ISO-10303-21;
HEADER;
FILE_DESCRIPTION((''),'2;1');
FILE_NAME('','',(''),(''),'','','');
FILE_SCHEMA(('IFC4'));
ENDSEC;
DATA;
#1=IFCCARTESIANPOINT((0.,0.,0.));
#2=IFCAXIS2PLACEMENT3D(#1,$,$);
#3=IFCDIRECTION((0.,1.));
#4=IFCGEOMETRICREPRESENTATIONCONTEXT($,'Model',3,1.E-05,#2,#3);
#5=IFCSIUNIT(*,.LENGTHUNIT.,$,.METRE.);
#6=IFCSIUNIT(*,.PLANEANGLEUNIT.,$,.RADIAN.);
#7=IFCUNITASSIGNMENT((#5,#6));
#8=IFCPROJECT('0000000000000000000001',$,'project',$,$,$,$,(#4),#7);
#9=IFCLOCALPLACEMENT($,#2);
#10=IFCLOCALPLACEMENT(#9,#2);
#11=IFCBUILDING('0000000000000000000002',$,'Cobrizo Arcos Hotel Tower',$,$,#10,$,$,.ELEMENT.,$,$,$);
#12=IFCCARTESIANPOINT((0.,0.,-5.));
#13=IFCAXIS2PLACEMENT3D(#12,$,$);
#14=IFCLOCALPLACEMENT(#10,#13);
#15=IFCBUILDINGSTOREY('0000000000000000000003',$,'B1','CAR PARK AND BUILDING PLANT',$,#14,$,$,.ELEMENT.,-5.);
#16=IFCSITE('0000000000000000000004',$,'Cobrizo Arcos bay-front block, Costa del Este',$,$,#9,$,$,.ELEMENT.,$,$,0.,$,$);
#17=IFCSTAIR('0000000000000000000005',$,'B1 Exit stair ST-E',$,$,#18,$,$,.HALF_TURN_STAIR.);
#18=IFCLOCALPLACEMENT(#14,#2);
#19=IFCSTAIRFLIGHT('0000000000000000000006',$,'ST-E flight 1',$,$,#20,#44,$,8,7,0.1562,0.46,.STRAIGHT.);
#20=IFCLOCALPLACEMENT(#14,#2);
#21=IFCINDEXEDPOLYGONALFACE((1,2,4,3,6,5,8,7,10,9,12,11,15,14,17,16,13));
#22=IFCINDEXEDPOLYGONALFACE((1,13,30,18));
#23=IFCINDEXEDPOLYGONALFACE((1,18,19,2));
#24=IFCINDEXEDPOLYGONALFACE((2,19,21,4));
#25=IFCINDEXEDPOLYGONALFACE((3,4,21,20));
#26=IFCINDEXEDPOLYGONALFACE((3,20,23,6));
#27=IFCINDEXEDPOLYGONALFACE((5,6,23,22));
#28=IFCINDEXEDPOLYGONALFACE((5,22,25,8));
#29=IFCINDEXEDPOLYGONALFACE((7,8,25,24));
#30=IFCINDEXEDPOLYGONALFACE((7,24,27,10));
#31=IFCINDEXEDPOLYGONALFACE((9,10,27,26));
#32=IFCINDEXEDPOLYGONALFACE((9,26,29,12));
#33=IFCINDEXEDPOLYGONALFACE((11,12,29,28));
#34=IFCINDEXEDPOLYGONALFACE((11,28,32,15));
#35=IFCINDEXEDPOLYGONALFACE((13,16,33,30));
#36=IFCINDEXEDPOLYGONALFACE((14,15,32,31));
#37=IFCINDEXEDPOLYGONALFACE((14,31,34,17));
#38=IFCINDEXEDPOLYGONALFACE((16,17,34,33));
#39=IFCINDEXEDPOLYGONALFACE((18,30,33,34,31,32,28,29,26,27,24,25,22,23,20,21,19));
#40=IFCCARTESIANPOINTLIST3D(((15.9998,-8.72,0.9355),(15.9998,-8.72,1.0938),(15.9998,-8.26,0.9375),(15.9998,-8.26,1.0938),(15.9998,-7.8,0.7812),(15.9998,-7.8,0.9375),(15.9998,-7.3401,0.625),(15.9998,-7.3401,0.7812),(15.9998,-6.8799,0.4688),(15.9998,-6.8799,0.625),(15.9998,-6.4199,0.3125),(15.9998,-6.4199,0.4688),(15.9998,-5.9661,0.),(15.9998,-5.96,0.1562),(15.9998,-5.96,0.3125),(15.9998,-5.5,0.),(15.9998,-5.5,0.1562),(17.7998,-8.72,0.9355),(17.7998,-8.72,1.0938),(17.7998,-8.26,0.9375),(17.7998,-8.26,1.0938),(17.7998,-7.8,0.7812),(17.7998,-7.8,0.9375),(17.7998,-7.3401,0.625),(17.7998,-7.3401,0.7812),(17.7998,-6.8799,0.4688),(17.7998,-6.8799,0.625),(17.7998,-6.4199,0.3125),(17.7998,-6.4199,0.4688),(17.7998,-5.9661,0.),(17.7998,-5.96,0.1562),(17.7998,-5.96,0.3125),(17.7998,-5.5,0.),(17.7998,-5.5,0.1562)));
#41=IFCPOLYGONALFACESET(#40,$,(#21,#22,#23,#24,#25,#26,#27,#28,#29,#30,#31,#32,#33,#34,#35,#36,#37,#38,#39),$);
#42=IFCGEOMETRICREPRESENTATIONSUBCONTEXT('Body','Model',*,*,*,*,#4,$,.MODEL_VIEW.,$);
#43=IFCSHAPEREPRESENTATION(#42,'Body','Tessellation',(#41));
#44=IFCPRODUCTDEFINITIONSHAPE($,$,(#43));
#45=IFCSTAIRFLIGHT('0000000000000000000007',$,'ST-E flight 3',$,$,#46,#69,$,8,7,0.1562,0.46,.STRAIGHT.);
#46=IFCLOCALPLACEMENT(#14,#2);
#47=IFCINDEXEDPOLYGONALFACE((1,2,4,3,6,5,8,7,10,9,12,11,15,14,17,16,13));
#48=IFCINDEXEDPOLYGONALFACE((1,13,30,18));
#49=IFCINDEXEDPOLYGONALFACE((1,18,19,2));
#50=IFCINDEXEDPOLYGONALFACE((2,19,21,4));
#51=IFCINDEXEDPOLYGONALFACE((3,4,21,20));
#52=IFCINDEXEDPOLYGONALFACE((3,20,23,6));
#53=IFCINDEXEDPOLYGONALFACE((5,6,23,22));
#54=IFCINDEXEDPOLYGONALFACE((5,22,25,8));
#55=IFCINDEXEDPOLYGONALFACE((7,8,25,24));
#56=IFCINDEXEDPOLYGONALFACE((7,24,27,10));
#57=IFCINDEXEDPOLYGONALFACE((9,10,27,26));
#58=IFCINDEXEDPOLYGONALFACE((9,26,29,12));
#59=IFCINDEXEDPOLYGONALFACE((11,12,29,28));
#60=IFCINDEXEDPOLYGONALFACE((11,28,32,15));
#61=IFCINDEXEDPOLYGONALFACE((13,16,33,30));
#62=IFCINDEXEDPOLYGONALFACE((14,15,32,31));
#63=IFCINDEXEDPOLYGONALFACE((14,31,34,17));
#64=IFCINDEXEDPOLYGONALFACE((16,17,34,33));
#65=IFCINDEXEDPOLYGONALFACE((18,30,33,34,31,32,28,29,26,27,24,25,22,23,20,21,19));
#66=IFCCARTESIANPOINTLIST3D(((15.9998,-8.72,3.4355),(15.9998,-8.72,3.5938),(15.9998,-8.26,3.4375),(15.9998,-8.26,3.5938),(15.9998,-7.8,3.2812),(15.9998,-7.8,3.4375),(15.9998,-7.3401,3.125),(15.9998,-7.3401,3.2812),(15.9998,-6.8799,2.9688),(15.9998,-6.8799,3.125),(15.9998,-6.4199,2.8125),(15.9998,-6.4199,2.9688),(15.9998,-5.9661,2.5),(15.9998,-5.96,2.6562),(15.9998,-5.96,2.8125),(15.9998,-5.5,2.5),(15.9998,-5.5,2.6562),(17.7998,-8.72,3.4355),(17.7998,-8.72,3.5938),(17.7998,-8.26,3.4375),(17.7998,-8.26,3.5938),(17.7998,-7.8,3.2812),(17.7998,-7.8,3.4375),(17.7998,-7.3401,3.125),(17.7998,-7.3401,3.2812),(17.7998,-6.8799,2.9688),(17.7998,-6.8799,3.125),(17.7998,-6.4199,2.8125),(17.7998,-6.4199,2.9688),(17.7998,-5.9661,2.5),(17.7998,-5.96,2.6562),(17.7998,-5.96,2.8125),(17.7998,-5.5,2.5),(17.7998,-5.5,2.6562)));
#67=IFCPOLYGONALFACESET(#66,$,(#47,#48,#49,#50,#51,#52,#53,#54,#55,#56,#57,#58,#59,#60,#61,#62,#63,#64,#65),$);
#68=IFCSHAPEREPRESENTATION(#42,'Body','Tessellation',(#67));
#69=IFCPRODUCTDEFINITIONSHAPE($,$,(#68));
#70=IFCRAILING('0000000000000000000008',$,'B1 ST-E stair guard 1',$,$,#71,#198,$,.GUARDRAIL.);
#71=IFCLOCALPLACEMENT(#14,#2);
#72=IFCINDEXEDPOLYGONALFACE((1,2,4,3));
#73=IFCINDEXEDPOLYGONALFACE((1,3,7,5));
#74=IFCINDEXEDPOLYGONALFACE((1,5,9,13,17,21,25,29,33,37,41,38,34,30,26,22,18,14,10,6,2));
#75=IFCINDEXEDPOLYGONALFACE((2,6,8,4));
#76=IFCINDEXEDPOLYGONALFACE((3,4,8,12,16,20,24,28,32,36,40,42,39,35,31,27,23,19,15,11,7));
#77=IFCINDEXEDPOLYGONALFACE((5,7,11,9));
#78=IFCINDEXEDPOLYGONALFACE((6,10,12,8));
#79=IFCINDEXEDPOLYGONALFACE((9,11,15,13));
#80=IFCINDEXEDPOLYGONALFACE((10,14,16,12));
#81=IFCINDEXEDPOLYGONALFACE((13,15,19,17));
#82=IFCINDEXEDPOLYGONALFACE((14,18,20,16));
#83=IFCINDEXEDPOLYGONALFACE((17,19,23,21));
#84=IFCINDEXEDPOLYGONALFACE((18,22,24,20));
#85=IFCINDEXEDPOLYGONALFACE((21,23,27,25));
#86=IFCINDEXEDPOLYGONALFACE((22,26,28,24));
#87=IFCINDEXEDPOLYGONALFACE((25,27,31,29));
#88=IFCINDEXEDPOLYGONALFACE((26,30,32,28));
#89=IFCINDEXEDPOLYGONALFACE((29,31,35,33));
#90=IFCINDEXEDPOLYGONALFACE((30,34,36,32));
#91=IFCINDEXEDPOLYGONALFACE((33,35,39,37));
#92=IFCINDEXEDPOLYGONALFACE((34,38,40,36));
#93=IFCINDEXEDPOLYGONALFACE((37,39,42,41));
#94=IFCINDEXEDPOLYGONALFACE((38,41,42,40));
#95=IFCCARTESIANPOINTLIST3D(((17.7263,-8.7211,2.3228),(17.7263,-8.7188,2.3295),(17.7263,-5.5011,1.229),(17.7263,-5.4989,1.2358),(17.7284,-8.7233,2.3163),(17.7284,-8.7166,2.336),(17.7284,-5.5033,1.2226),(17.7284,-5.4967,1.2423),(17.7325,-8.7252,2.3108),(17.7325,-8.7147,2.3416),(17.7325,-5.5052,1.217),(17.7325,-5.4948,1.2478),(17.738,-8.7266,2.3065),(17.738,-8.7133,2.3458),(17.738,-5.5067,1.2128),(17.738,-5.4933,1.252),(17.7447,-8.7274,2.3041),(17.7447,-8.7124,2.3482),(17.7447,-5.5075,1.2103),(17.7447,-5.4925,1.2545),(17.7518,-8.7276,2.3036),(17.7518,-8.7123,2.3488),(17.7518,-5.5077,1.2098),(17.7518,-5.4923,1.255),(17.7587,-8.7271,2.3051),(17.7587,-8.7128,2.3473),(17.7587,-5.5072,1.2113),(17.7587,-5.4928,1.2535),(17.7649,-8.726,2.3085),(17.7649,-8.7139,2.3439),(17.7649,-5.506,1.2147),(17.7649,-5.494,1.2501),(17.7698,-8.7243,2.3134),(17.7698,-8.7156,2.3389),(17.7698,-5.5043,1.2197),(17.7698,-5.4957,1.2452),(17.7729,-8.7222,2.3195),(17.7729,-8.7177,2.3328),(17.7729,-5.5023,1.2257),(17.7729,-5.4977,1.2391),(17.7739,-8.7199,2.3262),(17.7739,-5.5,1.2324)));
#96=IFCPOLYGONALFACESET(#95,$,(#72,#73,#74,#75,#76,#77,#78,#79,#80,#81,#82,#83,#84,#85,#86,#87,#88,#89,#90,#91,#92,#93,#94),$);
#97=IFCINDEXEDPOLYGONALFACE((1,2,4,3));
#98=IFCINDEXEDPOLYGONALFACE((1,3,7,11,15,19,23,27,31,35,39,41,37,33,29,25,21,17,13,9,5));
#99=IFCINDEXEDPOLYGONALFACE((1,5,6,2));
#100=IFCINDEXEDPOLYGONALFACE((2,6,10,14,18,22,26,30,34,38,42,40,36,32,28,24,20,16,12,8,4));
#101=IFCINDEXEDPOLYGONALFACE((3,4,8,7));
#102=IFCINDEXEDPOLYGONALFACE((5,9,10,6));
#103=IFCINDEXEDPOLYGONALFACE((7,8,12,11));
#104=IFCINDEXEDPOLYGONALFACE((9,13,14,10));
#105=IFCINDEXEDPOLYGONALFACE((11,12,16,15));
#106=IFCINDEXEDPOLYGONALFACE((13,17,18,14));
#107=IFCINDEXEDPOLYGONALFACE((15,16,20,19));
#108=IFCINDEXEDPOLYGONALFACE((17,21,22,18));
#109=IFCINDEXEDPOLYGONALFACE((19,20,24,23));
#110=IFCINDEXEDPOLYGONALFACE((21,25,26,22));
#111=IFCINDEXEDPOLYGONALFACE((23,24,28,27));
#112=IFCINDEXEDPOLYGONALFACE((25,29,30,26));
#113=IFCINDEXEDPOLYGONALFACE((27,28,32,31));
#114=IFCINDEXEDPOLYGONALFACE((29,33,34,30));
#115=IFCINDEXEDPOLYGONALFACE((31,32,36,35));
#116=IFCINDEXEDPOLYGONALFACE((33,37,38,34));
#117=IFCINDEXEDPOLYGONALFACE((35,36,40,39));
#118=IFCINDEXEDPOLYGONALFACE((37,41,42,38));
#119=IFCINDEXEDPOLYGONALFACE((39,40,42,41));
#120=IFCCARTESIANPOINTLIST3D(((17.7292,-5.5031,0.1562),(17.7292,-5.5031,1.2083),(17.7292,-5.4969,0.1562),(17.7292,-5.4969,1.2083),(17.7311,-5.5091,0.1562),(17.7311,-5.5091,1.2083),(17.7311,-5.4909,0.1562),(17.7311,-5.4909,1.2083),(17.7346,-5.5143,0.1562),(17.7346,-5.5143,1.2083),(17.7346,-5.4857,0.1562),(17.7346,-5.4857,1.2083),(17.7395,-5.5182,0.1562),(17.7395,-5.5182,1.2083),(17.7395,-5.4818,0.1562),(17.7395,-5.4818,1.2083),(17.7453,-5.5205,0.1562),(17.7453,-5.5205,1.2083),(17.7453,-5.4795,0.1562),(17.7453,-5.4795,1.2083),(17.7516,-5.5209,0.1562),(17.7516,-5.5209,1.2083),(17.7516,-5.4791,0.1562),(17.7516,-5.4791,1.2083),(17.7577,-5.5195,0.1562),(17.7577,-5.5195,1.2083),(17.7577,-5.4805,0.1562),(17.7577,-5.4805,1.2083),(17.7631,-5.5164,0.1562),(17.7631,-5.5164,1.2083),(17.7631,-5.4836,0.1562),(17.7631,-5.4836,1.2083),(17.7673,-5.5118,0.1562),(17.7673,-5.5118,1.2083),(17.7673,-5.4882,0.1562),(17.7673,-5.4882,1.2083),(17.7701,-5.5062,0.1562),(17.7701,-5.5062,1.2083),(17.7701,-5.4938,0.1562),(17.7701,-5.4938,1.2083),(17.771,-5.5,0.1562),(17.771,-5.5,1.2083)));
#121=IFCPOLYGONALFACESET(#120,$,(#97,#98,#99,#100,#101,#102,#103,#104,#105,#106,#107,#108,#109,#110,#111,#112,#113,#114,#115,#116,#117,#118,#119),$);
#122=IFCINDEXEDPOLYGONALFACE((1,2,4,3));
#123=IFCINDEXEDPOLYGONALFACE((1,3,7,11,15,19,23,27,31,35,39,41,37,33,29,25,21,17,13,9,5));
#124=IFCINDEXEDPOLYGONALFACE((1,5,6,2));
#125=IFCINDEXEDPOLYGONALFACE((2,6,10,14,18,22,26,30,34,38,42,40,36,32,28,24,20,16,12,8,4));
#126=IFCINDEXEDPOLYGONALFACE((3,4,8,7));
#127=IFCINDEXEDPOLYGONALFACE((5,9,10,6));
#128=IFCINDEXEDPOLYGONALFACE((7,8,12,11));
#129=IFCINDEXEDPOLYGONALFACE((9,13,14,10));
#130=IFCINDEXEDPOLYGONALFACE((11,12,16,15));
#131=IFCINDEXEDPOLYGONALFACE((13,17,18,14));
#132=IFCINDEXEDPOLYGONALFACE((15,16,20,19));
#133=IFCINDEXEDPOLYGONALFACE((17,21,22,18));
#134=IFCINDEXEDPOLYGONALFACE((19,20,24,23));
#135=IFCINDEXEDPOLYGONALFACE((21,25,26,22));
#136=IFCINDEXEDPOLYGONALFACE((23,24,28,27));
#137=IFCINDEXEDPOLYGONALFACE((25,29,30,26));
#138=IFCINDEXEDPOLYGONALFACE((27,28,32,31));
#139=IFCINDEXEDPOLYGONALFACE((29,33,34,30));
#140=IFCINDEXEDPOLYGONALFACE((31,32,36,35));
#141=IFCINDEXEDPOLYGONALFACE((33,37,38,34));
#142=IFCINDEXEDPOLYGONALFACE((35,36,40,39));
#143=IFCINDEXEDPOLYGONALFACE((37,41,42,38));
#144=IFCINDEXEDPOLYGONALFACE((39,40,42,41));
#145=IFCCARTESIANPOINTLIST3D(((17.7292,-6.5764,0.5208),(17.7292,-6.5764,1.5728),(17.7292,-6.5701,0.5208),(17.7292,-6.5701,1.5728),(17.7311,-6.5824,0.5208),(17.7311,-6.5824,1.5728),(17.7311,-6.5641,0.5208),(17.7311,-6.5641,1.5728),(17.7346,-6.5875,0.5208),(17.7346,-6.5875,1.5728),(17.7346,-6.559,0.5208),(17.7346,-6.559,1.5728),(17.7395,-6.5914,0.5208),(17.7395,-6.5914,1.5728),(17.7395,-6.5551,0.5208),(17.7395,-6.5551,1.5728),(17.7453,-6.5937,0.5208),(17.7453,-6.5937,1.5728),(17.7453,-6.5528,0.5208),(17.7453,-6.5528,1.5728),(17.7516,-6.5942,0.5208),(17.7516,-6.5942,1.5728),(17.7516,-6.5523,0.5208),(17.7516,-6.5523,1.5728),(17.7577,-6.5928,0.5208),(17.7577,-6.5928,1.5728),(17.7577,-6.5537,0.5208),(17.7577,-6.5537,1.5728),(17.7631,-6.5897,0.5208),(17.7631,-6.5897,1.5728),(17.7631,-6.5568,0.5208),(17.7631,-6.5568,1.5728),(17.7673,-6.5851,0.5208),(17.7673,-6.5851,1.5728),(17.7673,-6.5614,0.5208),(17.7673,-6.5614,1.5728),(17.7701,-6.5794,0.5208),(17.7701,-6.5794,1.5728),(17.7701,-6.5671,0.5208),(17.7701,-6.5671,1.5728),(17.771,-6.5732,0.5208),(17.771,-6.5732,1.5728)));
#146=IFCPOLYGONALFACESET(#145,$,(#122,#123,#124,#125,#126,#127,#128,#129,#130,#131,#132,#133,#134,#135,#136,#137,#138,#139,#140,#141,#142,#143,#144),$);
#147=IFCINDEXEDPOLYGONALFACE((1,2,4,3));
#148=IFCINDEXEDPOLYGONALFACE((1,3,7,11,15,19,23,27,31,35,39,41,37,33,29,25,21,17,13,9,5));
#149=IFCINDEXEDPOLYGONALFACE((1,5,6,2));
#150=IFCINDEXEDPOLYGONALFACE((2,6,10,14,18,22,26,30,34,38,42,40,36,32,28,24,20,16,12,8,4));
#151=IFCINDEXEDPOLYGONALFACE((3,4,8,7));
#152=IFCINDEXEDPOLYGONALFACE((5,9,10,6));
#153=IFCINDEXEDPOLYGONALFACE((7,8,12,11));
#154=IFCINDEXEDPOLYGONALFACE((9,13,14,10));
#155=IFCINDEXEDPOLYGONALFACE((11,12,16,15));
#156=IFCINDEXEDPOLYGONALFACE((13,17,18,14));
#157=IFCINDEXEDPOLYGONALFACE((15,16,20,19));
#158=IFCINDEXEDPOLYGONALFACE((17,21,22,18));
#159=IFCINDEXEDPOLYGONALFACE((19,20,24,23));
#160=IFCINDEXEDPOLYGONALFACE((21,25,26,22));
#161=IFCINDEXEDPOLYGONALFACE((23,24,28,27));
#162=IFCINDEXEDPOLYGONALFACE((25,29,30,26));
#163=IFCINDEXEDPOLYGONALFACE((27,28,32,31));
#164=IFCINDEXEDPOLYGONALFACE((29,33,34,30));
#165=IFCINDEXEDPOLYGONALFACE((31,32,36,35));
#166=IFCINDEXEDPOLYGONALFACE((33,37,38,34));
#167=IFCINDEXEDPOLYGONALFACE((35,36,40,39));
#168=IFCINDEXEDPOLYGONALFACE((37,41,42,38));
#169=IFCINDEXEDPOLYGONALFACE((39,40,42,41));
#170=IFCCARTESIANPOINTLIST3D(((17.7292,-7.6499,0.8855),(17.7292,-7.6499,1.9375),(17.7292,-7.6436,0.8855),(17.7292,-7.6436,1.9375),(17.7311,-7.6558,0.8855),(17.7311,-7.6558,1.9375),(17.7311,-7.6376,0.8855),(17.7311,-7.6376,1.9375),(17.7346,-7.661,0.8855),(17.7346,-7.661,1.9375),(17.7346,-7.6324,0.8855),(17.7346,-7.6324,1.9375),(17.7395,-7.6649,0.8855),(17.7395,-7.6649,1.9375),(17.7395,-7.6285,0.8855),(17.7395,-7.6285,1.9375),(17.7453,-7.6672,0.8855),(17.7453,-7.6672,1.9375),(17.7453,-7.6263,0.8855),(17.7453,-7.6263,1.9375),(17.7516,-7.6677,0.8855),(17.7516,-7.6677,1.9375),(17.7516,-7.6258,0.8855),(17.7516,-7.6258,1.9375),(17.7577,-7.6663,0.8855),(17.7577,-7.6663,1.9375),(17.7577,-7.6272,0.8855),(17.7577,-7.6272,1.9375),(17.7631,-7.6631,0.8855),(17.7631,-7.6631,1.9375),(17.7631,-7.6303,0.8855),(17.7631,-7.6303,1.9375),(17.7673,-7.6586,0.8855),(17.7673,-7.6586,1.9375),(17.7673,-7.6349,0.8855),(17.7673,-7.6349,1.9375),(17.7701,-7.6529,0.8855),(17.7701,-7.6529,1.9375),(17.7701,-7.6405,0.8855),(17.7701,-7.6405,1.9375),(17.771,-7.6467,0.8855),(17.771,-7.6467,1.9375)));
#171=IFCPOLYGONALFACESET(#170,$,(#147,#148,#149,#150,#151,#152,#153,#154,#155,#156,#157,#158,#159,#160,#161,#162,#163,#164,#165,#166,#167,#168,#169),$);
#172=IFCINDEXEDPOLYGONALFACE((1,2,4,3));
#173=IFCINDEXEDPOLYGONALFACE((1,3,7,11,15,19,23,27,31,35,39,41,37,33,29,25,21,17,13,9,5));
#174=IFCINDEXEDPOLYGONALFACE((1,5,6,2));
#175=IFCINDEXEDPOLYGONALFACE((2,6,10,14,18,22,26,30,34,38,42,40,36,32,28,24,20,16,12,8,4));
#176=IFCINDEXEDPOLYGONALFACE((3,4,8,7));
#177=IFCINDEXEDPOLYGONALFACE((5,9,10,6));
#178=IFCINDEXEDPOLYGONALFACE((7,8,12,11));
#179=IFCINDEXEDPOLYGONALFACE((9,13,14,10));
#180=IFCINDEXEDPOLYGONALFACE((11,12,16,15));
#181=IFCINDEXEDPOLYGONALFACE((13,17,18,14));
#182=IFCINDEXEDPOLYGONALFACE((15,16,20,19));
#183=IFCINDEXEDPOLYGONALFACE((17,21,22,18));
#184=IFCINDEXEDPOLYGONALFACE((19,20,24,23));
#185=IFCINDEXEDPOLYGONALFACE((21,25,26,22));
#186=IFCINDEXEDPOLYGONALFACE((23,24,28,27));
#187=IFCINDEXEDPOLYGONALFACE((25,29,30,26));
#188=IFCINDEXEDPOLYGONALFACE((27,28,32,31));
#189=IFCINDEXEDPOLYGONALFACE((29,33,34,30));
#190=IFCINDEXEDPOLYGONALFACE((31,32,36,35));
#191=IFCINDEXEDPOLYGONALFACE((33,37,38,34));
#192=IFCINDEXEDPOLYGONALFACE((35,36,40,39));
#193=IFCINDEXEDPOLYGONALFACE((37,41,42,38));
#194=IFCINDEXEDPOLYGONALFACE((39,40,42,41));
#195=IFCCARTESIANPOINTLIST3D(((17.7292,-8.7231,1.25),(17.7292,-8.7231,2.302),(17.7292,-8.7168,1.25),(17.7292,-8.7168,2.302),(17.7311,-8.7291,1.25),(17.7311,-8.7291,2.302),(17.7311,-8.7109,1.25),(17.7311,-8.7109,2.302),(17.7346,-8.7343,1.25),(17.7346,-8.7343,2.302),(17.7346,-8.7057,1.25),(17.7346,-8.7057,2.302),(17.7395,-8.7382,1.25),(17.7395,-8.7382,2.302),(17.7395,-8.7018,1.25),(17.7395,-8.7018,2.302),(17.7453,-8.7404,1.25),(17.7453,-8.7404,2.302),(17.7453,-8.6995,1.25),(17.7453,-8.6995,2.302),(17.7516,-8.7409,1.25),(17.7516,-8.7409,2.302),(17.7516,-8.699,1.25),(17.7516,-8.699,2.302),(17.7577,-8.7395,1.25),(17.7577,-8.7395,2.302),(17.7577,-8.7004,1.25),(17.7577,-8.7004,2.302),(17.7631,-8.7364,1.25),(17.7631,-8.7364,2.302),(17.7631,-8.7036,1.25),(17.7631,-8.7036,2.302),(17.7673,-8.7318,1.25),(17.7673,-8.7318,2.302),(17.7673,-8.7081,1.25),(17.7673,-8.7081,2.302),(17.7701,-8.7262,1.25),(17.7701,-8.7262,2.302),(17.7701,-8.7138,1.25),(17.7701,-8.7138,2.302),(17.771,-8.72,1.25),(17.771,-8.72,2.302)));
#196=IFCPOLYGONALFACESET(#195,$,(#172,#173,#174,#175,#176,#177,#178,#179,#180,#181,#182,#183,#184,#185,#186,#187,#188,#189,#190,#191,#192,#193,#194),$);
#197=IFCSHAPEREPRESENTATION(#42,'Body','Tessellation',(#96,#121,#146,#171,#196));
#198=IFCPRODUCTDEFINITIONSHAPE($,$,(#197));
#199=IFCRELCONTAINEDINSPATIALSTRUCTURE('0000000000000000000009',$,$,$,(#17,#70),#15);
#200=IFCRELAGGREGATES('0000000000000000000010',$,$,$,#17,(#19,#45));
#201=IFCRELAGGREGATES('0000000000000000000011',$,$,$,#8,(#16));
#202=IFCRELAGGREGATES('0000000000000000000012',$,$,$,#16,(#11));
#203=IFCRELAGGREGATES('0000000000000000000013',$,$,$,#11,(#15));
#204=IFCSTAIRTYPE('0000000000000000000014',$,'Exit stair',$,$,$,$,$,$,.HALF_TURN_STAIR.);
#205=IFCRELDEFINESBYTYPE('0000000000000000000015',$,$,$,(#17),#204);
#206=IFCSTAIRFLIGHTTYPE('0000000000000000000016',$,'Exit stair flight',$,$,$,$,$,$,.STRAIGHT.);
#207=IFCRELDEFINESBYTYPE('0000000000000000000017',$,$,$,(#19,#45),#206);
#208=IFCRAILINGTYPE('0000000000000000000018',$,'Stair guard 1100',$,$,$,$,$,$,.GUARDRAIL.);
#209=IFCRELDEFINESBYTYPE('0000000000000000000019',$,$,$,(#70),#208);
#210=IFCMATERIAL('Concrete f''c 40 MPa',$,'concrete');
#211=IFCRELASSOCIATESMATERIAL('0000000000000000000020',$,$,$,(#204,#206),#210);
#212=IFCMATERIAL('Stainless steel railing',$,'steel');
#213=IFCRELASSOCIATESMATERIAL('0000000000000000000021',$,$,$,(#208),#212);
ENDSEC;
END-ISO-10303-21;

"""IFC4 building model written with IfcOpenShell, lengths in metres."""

from ifc_helpers import new_model, si_unit, direction, frame, origin, origin_2d, place, context, subcontext, project, spatial, polyline, circle, outline, extrude, material, type_object, element, aggregate, save


model = new_model("IFC4")

# Units and contexts
model_context = context("Model", 3, precision=1e-05, world=origin(), true_north=direction((0.0, 1.0)))
body_context = subcontext(model_context, "Body", "Model", "MODEL_VIEW")
ifc_project = project(units=[si_unit("LENGTHUNIT", "METRE"), si_unit("PLANEANGLEUNIT", "RADIAN")], contexts=[model_context])

# Site, building, storey
site_placement = place(None, origin())
site = spatial("IfcSite", under=ifc_project, at=site_placement, Name="Cobrizo Arcos bay-front block, Costa del Este", CompositionType="ELEMENT", RefElevation=0.0)
building_placement = place(site_placement, origin())
building = spatial("IfcBuilding", under=site, at=building_placement, Name="Cobrizo Arcos Hotel Tower", CompositionType="ELEMENT")
storey_placement = place(building_placement, frame((0.0, 0.0, -5.0)))
storey = spatial("IfcBuildingStorey", under=building, at=storey_placement, Name="B1", Description="CAR PARK AND BUILDING PLANT", CompositionType="ELEMENT", Elevation=-5.0)

# Stair, stair flights
ifc_material_1 = material(Name="Concrete f'c 40 MPa", Category="concrete")
stair_type = type_object("IfcStairType", Name="Exit stair", PredefinedType="HALF_TURN_STAIR", material=ifc_material_1)
stair_placement = place(storey_placement, origin())
stair = element("IfcStair", 1, at=stair_placement, inside=storey, type_object=stair_type, Name="B1 Exit stair ST-E", PredefinedType="HALF_TURN_STAIR")
stair_flight_type = type_object("IfcStairFlightType", Name="Exit stair flight", PredefinedType="STRAIGHT", material=ifc_material_1)
stair_flight_1_placement = place(storey_placement, frame((16.8999, -5.5, 0.0), z_axis=(0.0, 0.0, 1.0), x_axis=(0.0, -1.0, 0.0)))
stair_flight_1 = element("IfcStairFlight", 2, at=stair_flight_1_placement, type_object=stair_flight_type, Name="ST-E flight 1", NumberOfRisers=8, NumberOfTreads=7, PredefinedType="STRAIGHT", RiserHeight=0.1562, TreadLength=0.46, context=body_context, shape_type="SweptSolid", body=[
    extrude(outline(polyline([(0.0, 0.0), (0.0, 0.1562), (0.46, 0.1562), (0.46, 0.3125), (0.9199, 0.3125), (0.9199, 0.4688), (1.3799, 0.4688), (1.3799, 0.625), (1.8401, 0.625), (1.8401, 0.7812), (2.3, 0.7812), (2.3, 0.9375), (2.76, 0.9375), (2.76, 1.0938), (3.22, 1.0938), (3.22, 1.25), (3.22, 0.9355), (0.4661, 0.0), (0.0, 0.0)])), frame((0.0, 0.8999, 0.0), z_axis=(0.0, -1.0, 0.0), x_axis=(1.0, 0.0, 0.0)), (0.0, 0.0, 1.0), 1.8),
])
stair_flight_2_placement = place(storey_placement, frame((16.8999, -5.5, 2.5), z_axis=(0.0, 0.0, 1.0), x_axis=(0.0, -1.0, 0.0)))
stair_flight_2 = element("IfcStairFlight", 3, at=stair_flight_2_placement, type_object=stair_flight_type, Name="ST-E flight 3", NumberOfRisers=8, NumberOfTreads=7, PredefinedType="STRAIGHT", RiserHeight=0.1562, TreadLength=0.46, context=body_context, shape_type="SweptSolid", body=[
    extrude(outline(polyline([(0.0, 0.0), (0.0, 0.1562), (0.46, 0.1562), (0.46, 0.3125), (0.9199, 0.3125), (0.9199, 0.4688), (1.3799, 0.4688), (1.3799, 0.625), (1.8401, 0.625), (1.8401, 0.7812), (2.3, 0.7812), (2.3, 0.9375), (2.76, 0.9375), (2.76, 1.0938), (3.22, 1.0938), (3.22, 1.25), (3.22, 0.9355), (0.4661, 0.0), (0.0, 0.0)])), frame((0.0, 0.8999, 0.0), z_axis=(0.0, -1.0, 0.0), x_axis=(1.0, 0.0, 0.0)), (0.0, 0.0, 1.0), 1.8),
])
aggregate(stair, [stair_flight_1, stair_flight_2])

# Railing
ifc_material_2 = material(Name="Stainless steel railing", Category="steel")
railing_type_1 = type_object("IfcRailingType", Name="Stair guard 1100", PredefinedType="GUARDRAIL", material=ifc_material_2)
railing_1_placement = place(storey_placement, frame((17.75, -5.5, 0.1562)))
element("IfcRailing", 4, at=railing_1_placement, inside=storey, type_object=railing_type_1, Name="B1 ST-E stair guard 1", PredefinedType="GUARDRAIL", context=body_context, shape_type="SweptSolid", body=[
    extrude(circle(Radius=0.0239, at=origin_2d()), frame((0.0, 0.0, 1.0762), z_axis=(0.0, -0.946866, 0.321629), x_axis=(1.0, 0.0, 0.0)), (0.0, 0.0, 1.0), 3.4006),
    extrude(circle(Radius=0.021, at=origin_2d()), origin(), (0.0, 0.0, 1.0), 1.052),
    extrude(circle(Radius=0.021, at=origin_2d()), frame((0.0, -1.0732, 0.3645)), (0.0, 0.0, 1.0), 1.052),
    extrude(circle(Radius=0.021, at=origin_2d()), frame((0.0, -2.1467, 0.7292)), (0.0, 0.0, 1.0), 1.052),
    extrude(circle(Radius=0.021, at=origin_2d()), frame((0.0, -3.22, 1.0938)), (0.0, 0.0, 1.0), 1.052),
])

save(model, "model.ifc")
